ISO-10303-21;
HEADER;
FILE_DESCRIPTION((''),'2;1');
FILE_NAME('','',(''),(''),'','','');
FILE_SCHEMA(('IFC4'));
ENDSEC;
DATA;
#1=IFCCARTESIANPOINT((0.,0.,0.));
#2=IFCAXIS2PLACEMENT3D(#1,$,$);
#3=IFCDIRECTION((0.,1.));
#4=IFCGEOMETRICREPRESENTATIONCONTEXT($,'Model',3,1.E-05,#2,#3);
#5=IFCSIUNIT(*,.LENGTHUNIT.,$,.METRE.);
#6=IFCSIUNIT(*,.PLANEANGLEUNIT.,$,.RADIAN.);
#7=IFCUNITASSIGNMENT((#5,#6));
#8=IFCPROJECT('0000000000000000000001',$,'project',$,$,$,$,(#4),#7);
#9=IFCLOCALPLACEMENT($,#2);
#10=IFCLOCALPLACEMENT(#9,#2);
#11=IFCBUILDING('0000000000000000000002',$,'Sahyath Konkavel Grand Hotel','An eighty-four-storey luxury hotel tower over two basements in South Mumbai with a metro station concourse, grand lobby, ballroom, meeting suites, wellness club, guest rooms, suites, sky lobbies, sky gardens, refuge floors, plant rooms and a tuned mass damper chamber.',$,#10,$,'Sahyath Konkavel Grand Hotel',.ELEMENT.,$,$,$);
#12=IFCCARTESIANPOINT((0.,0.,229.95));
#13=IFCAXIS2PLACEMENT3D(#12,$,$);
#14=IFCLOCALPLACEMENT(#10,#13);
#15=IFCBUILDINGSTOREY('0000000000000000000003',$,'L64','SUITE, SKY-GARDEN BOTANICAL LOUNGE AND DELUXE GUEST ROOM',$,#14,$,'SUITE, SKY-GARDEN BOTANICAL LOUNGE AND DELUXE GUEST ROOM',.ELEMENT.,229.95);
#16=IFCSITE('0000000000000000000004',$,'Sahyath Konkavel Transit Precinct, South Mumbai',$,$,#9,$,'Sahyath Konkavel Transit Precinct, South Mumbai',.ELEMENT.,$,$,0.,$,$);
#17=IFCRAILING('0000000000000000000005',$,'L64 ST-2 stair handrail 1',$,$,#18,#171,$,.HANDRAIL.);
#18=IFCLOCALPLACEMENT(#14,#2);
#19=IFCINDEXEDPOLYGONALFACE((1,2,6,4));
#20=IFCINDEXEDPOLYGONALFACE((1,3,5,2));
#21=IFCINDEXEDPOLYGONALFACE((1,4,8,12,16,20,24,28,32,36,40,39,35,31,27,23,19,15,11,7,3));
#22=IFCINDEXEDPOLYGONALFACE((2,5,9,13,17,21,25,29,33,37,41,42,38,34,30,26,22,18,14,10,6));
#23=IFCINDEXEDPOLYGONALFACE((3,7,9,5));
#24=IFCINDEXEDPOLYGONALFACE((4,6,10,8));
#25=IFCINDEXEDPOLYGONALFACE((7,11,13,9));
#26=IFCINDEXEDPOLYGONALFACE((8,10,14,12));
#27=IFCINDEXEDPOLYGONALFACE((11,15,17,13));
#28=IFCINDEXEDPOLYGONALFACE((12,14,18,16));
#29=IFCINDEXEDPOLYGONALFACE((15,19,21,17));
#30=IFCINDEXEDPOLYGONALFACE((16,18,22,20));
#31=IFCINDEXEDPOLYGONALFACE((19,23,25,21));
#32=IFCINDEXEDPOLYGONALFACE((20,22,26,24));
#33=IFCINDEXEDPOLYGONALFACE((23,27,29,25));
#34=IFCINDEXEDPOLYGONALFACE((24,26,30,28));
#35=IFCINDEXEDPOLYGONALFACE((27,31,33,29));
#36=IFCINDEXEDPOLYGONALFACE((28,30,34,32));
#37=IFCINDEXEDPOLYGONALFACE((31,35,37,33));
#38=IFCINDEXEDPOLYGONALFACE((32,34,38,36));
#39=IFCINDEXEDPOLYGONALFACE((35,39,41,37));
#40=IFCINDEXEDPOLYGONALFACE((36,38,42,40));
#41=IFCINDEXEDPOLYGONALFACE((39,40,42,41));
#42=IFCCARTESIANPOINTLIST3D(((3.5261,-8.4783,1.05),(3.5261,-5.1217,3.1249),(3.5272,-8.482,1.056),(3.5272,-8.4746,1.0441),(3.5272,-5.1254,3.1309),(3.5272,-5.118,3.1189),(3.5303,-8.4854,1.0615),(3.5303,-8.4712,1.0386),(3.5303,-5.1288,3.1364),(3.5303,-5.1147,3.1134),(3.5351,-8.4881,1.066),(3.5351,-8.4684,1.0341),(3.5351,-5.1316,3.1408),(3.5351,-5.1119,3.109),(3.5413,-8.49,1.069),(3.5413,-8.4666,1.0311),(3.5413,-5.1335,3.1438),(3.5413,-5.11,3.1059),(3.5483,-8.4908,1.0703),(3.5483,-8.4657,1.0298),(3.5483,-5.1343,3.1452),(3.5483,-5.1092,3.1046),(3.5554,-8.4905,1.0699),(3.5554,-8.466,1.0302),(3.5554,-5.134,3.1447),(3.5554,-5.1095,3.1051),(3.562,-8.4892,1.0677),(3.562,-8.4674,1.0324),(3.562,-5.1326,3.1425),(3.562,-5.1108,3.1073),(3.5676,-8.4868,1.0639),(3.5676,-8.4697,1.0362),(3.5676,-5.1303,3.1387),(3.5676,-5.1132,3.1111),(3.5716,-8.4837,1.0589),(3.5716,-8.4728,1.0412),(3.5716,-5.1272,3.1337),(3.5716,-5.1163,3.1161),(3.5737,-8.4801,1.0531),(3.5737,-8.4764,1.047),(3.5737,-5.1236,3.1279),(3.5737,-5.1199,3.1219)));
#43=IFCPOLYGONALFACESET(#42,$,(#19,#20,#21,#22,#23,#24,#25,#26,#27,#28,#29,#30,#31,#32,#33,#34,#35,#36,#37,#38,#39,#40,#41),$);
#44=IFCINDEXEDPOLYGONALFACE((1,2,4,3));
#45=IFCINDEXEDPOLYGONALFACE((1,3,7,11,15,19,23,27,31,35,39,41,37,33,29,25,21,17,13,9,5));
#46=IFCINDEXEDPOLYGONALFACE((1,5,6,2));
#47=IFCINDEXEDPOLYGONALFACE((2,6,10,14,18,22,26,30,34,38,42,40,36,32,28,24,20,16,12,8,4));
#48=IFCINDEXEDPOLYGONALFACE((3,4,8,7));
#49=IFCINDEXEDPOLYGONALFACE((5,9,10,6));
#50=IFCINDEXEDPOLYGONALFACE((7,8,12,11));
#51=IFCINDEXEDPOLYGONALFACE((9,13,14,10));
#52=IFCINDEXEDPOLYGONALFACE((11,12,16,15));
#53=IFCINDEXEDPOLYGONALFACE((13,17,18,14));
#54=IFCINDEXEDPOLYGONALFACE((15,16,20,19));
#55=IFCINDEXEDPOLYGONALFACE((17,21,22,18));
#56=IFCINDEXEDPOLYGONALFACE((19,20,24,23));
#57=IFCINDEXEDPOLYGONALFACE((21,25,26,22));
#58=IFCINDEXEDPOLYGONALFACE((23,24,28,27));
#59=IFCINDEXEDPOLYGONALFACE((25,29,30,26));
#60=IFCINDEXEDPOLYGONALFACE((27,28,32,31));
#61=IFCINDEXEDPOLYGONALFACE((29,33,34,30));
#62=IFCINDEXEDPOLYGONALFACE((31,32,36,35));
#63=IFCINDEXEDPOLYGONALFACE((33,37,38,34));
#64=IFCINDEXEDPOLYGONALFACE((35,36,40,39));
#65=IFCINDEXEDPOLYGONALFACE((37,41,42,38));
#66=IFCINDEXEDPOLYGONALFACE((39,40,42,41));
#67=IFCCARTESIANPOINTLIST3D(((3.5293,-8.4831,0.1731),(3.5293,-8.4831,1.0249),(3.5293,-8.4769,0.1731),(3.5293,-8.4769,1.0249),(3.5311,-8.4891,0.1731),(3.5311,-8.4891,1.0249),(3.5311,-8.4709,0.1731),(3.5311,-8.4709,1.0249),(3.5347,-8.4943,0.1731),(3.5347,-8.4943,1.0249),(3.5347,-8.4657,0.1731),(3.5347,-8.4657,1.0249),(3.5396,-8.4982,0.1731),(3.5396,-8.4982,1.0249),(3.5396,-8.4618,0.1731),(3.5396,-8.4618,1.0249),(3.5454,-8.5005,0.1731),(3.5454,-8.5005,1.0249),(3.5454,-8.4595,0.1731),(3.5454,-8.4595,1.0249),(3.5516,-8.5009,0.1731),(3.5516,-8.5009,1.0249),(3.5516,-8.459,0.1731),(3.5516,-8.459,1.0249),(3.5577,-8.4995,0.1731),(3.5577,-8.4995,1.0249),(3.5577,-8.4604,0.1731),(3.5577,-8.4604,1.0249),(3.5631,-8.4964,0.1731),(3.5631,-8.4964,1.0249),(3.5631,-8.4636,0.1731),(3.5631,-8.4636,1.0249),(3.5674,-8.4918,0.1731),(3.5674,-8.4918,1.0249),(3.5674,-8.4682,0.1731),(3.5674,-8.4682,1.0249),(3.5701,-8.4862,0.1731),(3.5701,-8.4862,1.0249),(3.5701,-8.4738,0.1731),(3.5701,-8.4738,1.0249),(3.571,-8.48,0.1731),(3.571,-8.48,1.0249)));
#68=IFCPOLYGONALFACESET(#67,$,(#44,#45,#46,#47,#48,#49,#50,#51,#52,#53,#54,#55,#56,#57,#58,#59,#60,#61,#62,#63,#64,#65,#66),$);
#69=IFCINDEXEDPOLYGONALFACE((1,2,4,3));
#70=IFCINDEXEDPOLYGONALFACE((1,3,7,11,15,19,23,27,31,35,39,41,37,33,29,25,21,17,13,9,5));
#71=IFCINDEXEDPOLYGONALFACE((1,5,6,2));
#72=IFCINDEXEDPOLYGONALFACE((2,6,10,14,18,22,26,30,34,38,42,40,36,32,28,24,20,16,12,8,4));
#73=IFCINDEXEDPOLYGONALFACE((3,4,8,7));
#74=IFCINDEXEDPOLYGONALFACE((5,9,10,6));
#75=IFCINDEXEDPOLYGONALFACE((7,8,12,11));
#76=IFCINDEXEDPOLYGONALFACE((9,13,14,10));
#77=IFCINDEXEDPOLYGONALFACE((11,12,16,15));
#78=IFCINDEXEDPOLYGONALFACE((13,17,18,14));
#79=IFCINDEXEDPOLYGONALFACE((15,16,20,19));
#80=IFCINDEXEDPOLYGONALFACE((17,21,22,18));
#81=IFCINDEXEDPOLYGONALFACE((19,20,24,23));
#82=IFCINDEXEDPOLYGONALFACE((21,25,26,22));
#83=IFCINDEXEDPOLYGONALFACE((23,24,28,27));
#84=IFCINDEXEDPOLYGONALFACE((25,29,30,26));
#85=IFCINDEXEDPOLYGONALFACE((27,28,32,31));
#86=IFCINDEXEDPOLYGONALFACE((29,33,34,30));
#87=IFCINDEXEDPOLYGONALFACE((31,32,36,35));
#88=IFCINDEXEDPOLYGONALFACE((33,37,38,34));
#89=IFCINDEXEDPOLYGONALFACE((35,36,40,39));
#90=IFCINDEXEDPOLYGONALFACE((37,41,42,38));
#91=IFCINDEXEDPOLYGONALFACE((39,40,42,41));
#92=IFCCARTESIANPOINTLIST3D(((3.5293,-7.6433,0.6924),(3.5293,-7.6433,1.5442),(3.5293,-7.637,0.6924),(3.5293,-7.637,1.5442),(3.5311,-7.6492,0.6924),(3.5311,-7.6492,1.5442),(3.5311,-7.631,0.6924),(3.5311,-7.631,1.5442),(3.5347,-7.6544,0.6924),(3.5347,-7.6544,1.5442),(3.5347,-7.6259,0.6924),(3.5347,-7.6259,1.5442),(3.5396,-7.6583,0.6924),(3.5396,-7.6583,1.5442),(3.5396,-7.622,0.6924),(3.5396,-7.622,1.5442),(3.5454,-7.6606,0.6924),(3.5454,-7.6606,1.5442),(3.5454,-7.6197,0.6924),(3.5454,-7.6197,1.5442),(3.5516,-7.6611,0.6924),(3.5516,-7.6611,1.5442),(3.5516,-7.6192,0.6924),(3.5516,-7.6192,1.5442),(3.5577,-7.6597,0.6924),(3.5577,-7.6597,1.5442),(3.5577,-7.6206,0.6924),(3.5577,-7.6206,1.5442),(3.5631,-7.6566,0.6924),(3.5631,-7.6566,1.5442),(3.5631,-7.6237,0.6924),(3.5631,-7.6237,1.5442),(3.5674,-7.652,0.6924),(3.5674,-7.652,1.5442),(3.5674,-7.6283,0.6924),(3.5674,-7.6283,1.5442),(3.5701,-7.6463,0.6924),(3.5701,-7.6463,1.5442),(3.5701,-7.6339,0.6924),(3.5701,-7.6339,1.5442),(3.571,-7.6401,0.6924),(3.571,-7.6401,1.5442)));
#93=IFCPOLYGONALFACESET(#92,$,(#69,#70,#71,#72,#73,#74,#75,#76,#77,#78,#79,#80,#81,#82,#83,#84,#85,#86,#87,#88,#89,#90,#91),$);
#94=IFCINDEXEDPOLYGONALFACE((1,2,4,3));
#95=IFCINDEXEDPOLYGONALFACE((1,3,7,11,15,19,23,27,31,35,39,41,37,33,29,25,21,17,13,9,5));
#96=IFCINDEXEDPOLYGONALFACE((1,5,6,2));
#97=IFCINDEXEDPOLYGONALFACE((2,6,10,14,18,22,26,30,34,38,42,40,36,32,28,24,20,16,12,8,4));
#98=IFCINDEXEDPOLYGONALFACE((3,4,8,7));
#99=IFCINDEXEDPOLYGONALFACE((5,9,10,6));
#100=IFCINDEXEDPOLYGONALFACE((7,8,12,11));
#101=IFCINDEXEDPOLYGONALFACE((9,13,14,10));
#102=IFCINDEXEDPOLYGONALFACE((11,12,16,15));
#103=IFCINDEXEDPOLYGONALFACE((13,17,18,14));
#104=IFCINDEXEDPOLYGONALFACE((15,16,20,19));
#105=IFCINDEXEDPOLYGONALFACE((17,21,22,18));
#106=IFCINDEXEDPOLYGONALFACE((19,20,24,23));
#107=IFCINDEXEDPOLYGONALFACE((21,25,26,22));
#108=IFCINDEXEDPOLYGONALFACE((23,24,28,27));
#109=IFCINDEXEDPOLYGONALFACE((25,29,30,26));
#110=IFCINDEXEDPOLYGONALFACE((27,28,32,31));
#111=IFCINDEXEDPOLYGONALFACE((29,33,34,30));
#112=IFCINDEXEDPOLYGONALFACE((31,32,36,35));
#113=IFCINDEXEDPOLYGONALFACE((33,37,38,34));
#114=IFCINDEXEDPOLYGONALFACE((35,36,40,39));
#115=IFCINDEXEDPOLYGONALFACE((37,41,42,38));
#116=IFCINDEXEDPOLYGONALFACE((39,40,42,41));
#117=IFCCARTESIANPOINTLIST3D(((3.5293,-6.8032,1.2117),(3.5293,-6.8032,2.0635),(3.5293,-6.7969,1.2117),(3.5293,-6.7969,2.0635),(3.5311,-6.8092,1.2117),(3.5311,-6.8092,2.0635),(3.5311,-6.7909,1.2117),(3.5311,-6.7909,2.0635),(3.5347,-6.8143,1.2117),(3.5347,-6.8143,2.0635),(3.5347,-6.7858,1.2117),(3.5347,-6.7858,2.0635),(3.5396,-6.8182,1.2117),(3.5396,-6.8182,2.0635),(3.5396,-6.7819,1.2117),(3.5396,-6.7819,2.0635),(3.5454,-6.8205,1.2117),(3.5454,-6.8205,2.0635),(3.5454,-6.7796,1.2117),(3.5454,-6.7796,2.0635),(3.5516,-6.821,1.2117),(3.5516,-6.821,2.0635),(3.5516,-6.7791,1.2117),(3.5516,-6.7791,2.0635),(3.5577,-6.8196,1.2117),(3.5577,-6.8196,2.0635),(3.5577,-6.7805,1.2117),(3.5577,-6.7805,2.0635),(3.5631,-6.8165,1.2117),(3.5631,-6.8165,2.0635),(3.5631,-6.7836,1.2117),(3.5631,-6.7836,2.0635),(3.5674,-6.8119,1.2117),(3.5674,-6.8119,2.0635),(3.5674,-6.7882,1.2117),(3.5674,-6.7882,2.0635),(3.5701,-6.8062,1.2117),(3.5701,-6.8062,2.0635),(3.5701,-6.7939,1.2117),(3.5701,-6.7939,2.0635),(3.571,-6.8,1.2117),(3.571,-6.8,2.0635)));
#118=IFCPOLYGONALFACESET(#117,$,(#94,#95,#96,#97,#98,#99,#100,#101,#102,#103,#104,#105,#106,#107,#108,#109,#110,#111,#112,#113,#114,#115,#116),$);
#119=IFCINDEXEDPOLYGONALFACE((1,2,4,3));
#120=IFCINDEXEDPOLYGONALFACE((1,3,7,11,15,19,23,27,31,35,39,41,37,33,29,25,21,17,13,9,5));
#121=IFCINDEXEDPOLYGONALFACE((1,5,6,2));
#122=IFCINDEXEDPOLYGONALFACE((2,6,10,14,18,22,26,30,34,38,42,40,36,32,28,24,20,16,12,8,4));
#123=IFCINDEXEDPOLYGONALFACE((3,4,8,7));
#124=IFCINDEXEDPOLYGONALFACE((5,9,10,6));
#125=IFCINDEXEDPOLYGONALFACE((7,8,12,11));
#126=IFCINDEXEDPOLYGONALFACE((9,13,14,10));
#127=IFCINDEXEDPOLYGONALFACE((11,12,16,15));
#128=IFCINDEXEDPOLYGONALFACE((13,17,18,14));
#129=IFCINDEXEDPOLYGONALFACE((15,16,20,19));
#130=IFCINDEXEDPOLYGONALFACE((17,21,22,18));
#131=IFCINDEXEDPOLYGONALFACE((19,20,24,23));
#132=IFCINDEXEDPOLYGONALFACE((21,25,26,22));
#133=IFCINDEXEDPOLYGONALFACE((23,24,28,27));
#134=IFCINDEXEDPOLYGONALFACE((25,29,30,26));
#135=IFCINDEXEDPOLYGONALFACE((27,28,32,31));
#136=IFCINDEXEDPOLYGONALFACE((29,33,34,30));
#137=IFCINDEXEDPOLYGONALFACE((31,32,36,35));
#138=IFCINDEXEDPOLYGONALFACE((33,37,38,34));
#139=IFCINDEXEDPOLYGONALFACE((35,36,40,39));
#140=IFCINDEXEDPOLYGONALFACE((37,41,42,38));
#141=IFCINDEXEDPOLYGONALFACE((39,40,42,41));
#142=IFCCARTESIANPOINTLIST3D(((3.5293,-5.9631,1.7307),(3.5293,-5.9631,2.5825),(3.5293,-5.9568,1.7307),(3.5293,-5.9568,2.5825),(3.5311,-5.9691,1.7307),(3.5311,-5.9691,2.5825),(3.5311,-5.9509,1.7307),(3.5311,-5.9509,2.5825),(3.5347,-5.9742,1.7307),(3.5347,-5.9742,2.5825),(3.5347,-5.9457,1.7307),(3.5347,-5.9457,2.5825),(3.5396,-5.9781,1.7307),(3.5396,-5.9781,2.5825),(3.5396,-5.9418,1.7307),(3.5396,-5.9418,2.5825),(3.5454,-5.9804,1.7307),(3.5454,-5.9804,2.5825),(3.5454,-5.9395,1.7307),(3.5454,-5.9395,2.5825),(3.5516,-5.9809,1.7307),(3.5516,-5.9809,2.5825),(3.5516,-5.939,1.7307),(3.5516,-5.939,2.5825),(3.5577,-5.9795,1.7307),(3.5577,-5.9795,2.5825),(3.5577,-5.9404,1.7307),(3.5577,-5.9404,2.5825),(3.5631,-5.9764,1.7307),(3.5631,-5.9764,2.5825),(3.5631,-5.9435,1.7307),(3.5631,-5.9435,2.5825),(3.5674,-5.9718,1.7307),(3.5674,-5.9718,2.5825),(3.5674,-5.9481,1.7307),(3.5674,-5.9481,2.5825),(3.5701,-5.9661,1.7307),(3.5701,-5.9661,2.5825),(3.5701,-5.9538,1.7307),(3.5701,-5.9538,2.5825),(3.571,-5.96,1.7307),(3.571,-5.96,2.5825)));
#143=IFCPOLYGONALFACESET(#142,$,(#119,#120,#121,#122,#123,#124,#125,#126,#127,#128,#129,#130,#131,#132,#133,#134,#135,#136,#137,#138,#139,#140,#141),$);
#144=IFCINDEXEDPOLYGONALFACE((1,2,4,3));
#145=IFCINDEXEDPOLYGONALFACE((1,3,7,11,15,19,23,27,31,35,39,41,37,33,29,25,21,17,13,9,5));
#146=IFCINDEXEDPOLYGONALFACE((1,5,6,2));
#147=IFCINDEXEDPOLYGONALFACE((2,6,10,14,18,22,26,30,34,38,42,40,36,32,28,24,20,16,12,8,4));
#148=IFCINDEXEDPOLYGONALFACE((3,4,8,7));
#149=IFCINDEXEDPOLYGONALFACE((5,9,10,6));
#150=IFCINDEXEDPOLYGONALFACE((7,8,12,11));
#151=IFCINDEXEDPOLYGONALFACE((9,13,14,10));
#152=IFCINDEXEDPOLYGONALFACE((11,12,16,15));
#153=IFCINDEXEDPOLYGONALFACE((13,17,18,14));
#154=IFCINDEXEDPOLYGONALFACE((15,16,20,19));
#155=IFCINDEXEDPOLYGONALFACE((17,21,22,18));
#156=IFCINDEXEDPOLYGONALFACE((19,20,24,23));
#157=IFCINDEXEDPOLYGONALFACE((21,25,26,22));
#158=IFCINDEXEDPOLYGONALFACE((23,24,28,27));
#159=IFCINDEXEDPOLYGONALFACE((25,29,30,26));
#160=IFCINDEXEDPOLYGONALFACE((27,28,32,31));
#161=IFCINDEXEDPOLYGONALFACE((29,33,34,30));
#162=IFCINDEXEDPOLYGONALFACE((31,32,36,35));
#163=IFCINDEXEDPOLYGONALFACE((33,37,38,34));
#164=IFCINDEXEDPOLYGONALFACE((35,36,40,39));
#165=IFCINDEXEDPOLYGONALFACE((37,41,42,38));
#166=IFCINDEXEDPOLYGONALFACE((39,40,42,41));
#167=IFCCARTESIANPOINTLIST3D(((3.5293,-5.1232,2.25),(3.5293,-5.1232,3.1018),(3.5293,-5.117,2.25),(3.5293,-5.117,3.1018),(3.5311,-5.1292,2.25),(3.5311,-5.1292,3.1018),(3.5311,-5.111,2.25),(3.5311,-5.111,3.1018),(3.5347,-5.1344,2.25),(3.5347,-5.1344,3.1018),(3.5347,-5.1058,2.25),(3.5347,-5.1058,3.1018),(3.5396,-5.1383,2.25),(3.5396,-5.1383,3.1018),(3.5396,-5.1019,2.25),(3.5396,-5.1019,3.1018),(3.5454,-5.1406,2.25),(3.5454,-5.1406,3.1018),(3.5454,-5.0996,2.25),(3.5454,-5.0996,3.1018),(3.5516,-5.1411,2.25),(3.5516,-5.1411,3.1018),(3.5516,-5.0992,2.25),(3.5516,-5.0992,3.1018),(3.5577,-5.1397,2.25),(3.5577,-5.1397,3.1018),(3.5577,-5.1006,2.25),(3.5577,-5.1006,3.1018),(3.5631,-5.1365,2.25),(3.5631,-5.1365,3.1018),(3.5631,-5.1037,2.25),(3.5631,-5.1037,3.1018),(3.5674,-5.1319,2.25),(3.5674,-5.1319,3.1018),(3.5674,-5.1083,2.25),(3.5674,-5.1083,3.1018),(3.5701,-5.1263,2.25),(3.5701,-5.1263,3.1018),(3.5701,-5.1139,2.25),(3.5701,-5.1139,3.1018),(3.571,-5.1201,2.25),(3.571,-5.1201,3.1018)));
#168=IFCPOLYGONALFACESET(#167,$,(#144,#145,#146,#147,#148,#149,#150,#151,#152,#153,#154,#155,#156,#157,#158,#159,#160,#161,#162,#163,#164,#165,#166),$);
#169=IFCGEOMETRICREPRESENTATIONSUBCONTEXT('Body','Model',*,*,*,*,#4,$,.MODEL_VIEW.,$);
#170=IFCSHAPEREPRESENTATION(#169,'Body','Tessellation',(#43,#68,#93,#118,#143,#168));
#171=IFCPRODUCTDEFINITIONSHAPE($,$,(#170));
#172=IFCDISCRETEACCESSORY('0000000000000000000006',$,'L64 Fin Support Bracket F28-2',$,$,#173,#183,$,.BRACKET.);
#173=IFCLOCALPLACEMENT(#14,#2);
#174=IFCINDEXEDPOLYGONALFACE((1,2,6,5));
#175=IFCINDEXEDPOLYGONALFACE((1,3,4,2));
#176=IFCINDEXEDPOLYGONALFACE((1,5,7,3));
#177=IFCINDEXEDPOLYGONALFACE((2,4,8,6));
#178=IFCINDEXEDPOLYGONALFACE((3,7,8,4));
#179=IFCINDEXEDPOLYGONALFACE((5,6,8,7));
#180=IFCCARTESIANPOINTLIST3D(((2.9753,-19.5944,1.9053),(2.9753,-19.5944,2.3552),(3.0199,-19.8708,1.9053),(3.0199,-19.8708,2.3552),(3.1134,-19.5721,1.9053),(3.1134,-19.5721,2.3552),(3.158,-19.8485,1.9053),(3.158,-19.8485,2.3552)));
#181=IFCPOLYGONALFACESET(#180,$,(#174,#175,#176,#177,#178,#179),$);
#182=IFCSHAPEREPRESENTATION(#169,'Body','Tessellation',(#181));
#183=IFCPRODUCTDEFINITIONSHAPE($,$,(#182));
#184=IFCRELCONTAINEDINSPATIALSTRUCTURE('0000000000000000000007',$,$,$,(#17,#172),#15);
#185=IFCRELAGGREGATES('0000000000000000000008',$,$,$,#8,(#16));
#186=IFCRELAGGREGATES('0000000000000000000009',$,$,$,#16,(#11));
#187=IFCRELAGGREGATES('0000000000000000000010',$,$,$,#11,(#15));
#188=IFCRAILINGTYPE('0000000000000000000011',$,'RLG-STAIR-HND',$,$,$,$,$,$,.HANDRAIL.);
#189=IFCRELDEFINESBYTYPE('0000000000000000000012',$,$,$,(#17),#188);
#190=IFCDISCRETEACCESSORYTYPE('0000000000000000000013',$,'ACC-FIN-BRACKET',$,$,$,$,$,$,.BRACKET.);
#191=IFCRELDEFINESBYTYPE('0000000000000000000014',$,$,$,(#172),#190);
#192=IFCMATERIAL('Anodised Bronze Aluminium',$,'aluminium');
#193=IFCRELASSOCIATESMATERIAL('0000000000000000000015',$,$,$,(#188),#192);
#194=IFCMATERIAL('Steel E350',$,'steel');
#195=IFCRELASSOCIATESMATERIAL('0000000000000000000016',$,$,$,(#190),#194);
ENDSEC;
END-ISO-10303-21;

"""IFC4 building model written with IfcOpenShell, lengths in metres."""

from ifc_helpers import new_model, si_unit, direction, frame, origin, origin_2d, place, context, subcontext, project, spatial, rectangle, circle, extrude, source, transform, mapped, material, type_object, element, save


model = new_model("IFC4")

# Units and contexts
model_context = context("Model", 3, precision=1e-05, world=origin(), true_north=direction((0.0, 1.0)))
body_context = subcontext(model_context, "Body", "Model", "MODEL_VIEW")
ifc_project = project(units=[si_unit("LENGTHUNIT", "METRE"), si_unit("PLANEANGLEUNIT", "RADIAN")], contexts=[model_context])

# Site, building, storey
site_placement = place(None, origin())
site = spatial("IfcSite", under=ifc_project, at=site_placement, Name="Sahyath Konkavel Transit Precinct, South Mumbai", LongName="Sahyath Konkavel Transit Precinct, South Mumbai", CompositionType="ELEMENT", RefElevation=0.0)
building_placement = place(site_placement, origin())
building = spatial("IfcBuilding", under=site, at=building_placement, Name="Sahyath Konkavel Grand Hotel", Description="An eighty-four-storey luxury hotel tower over two basements in South Mumbai with a metro station concourse, grand lobby, ballroom, meeting suites, wellness club, guest rooms, suites, sky lobbies, sky gardens, refuge floors, plant rooms and a tuned mass damper chamber.", LongName="Sahyath Konkavel Grand Hotel", CompositionType="ELEMENT")
storey_placement = place(building_placement, frame((0.0, 0.0, 229.95)))
storey = spatial("IfcBuildingStorey", under=building, at=storey_placement, Name="L64", Description="SUITE, SKY-GARDEN BOTANICAL LOUNGE AND DELUXE GUEST ROOM", LongName="SUITE, SKY-GARDEN BOTANICAL LOUNGE AND DELUXE GUEST ROOM", CompositionType="ELEMENT", Elevation=229.95)

# Shared definitions
ifc_material_1 = material(Name="Steel E350", Category="steel")

# Shared definitions
ifc_material_2 = material(Name="Anodised Bronze Aluminium", Category="aluminium")

# Railing
railing_type_1 = type_object("IfcRailingType", Name="RLG-STAIR-HND", PredefinedType="HANDRAIL", material=ifc_material_2)
railing_1_placement = place(storey_placement, frame((3.55, -8.48, 0.1731)))
element("IfcRailing", 1, at=railing_1_placement, inside=storey, type_object=railing_type_1, Name="L64 ST-2 stair handrail 1", PredefinedType="HANDRAIL", context=body_context, shape_type="SweptSolid", body=[
    extrude(circle(Radius=0.0239, at=origin_2d()), frame((0.0, 0.0017, 0.877), z_axis=(0.0, 0.850606, 0.525803), x_axis=(-1.0, 0.0, 0.0)), (0.0, 0.0, 1.0), 3.946),
    extrude(circle(Radius=0.021, at=origin_2d()), origin(), (0.0, 0.0, 1.0), 0.8518),
    extrude(circle(Radius=0.021, at=origin_2d()), frame((0.0, 0.8398, 0.5193)), (0.0, 0.0, 1.0), 0.8518),
    extrude(circle(Radius=0.021, at=origin_2d()), frame((0.0, 1.6799, 1.0386)), (0.0, 0.0, 1.0), 0.8518),
    extrude(circle(Radius=0.021, at=origin_2d()), frame((0.0, 2.52, 1.5576)), (0.0, 0.0, 1.0), 0.8518),
    extrude(circle(Radius=0.021, at=origin_2d()), frame((0.0, 3.3599, 2.0769)), (0.0, 0.0, 1.0), 0.8518),
])

# Discrete accessory
discrete_accessory_type = type_object("IfcDiscreteAccessoryType", Name="ACC-FIN-BRACKET", PredefinedType="BRACKET", material=ifc_material_1)
shared_shape_1 = source(origin(), body_context, "Body", "SweptSolid", [
    extrude(rectangle(XDim=0.28, YDim=0.1399, at=origin_2d()), origin(), (0.0, 0.0, 1.0), 0.45),
])
discrete_accessory_placement = place(storey_placement, frame((3.0667, -19.7214, 1.9053), z_axis=(0.0, 0.0, 1.0), x_axis=(0.159399, -0.987214, 0.0)))
element("IfcDiscreteAccessory", 2, at=discrete_accessory_placement, inside=storey, type_object=discrete_accessory_type, Name="L64 Fin Support Bracket F28-2", PredefinedType="BRACKET", context=body_context, shape_type="MappedRepresentation", body=[
    mapped(shared_shape_1, transform((0.0, 0.0, 0.0), scale=1.0)),
])

save(model, "model.ifc")
